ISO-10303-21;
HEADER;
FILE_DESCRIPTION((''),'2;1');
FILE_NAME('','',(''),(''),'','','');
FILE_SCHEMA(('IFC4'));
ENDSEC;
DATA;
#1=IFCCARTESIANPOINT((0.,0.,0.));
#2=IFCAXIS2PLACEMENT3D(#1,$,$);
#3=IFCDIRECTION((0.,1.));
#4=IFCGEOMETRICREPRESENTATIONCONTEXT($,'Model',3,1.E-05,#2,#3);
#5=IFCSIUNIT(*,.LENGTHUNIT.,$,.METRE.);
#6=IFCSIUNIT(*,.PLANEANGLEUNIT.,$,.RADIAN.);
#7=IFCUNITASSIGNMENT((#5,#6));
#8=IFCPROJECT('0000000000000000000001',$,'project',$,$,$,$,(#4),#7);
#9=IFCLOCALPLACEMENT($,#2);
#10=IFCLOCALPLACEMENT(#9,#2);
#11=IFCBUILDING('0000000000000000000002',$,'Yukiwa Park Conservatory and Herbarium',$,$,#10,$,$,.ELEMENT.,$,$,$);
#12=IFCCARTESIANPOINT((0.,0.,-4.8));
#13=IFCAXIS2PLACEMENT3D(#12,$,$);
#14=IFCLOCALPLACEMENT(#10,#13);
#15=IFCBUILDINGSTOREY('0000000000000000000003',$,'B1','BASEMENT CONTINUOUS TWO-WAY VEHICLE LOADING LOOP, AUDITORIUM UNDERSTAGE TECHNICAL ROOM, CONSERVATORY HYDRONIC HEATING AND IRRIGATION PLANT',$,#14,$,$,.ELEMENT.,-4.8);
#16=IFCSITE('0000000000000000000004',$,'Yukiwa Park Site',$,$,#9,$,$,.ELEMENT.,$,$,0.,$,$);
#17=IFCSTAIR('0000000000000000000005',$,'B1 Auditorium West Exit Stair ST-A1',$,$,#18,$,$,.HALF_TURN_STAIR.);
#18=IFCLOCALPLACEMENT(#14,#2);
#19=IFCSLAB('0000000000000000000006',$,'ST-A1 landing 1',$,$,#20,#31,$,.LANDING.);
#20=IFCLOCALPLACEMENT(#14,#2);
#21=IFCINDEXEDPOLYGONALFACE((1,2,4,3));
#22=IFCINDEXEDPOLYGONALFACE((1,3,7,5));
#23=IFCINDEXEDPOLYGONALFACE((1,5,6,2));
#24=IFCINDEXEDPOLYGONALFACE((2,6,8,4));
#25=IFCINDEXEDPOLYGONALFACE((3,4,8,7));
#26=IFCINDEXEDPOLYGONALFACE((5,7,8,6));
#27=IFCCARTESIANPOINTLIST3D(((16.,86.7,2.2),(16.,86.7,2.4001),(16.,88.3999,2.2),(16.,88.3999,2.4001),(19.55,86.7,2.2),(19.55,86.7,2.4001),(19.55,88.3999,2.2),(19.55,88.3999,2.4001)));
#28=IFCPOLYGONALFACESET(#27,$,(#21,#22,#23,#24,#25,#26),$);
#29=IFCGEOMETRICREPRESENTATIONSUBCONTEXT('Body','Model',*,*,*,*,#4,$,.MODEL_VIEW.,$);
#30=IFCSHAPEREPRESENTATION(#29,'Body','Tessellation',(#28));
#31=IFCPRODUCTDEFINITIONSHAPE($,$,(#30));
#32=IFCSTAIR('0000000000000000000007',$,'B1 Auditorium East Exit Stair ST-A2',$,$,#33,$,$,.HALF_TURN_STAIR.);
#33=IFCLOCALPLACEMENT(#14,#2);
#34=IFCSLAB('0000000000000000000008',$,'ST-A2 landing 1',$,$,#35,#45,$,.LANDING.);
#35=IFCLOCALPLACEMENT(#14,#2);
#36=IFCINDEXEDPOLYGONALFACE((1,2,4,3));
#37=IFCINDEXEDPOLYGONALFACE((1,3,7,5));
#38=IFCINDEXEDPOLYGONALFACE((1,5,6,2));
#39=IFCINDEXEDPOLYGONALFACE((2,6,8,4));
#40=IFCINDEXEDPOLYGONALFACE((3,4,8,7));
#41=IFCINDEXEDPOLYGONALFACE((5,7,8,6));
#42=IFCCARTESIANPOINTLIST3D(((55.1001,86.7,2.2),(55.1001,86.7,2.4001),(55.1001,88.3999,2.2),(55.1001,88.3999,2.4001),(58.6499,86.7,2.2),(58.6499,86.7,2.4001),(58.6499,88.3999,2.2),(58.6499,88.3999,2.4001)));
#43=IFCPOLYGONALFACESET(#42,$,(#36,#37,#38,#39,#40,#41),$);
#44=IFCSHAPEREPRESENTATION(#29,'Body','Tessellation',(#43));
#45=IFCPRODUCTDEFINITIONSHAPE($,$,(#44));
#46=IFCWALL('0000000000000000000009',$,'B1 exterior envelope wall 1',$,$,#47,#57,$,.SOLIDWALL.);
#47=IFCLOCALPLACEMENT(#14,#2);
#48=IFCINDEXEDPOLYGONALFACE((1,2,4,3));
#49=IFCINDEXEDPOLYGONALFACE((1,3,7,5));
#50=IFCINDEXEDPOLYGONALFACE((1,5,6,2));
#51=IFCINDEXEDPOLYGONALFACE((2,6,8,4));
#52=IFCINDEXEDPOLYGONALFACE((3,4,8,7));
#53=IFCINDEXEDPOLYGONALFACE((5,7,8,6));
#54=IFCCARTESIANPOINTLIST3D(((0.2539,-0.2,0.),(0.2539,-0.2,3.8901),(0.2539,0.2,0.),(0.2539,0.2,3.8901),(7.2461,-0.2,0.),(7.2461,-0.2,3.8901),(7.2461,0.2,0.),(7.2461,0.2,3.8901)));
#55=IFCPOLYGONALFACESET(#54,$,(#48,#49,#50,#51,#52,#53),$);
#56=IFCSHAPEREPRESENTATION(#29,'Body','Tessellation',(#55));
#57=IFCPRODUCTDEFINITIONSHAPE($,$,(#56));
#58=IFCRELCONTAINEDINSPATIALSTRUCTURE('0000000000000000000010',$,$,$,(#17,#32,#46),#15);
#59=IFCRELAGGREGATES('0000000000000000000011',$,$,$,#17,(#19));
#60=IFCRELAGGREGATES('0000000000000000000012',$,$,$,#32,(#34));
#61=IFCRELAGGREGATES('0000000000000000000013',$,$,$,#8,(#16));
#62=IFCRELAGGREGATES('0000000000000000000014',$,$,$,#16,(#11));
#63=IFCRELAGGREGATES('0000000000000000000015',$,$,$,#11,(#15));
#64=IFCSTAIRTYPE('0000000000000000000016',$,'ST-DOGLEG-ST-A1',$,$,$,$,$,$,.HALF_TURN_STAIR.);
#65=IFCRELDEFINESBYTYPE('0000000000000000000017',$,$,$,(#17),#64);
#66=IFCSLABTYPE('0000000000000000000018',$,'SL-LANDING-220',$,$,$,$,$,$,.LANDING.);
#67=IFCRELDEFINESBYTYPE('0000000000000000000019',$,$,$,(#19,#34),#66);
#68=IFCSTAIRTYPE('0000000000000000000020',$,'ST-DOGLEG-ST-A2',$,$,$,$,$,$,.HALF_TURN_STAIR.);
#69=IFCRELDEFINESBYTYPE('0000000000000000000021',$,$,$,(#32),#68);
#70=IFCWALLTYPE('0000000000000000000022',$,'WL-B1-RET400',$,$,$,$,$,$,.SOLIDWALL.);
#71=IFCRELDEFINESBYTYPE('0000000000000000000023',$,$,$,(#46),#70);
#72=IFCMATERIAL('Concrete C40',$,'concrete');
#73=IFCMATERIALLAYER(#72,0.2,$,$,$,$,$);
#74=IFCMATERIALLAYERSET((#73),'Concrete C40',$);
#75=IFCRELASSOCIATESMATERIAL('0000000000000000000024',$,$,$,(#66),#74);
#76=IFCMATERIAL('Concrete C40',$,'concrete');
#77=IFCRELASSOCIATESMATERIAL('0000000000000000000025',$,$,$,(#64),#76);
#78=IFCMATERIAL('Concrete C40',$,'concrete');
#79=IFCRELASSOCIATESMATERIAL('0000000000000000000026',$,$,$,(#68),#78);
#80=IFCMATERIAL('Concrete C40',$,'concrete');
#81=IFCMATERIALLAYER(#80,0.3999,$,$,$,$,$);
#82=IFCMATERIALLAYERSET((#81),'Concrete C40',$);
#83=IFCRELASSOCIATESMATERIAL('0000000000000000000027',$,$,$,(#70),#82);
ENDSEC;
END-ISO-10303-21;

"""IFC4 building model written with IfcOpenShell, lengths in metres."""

from ifc_helpers import new_model, si_unit, direction, frame, frame_2d, origin, place, context, subcontext, project, spatial, polyline, rectangle, outline, extrude, material, layer, layer_set, type_object, element, aggregate, save


model = new_model("IFC4")

# Units and contexts
model_context = context("Model", 3, precision=1e-05, world=origin(), true_north=direction((0.0, 1.0)))
body_context = subcontext(model_context, "Body", "Model", "MODEL_VIEW")
ifc_project = project(units=[si_unit("LENGTHUNIT", "METRE"), si_unit("PLANEANGLEUNIT", "RADIAN")], contexts=[model_context])

# Site, building, storey
site_placement = place(None, origin())
site = spatial("IfcSite", under=ifc_project, at=site_placement, Name="Yukiwa Park Site", CompositionType="ELEMENT", RefElevation=0.0)
building_placement = place(site_placement, origin())
building = spatial("IfcBuilding", under=site, at=building_placement, Name="Yukiwa Park Conservatory and Herbarium", CompositionType="ELEMENT")
storey_placement = place(building_placement, frame((0.0, 0.0, -4.8)))
storey = spatial("IfcBuildingStorey", under=building, at=storey_placement, Name="B1", Description="BASEMENT CONTINUOUS TWO-WAY VEHICLE LOADING LOOP, AUDITORIUM UNDERSTAGE TECHNICAL ROOM, CONSERVATORY HYDRONIC HEATING AND IRRIGATION PLANT", CompositionType="ELEMENT", Elevation=-4.8)

# Stairs, slabs
ifc_material_1 = material(Name="Concrete C40", Category="concrete")
ifc_layer_1 = layer(ifc_material_1, 0.2)
ifc_layer_set_1 = layer_set([ifc_layer_1], Name="Concrete C40")
slab_type_1 = type_object("IfcSlabType", Name="SL-LANDING-220", PredefinedType="LANDING", material=ifc_layer_set_1)
ifc_material_2 = material(Name="Concrete C40", Category="concrete")
stair_type_1 = type_object("IfcStairType", Name="ST-DOGLEG-ST-A1", PredefinedType="HALF_TURN_STAIR", material=ifc_material_2)
stair_1_placement = place(storey_placement, origin())
stair_1 = element("IfcStair", 1, at=stair_1_placement, inside=storey, type_object=stair_type_1, Name="B1 Auditorium West Exit Stair ST-A1", PredefinedType="HALF_TURN_STAIR")
slab_1_placement = place(storey_placement, frame((0.0, 0.0, 2.2)))
slab_1 = element("IfcSlab", 2, at=slab_1_placement, type_object=slab_type_1, Name="ST-A1 landing 1", PredefinedType="LANDING", context=body_context, shape_type="SweptSolid", body=[
    extrude(outline(polyline([(19.55, 86.7), (19.55, 88.3999), (16.0, 88.3999), (16.0, 86.7), (19.55, 86.7)])), origin(), (0.0, 0.0, 1.0), 0.2002),
])
aggregate(stair_1, [slab_1])
ifc_material_3 = material(Name="Concrete C40", Category="concrete")
stair_type_2 = type_object("IfcStairType", Name="ST-DOGLEG-ST-A2", PredefinedType="HALF_TURN_STAIR", material=ifc_material_3)
stair_2_placement = place(storey_placement, origin())
stair_2 = element("IfcStair", 3, at=stair_2_placement, inside=storey, type_object=stair_type_2, Name="B1 Auditorium East Exit Stair ST-A2", PredefinedType="HALF_TURN_STAIR")
slab_2_placement = place(storey_placement, frame((0.0, 0.0, 2.2)))
slab_2 = element("IfcSlab", 4, at=slab_2_placement, type_object=slab_type_1, Name="ST-A2 landing 1", PredefinedType="LANDING", context=body_context, shape_type="SweptSolid", body=[
    extrude(outline(polyline([(58.6499, 86.7), (58.6499, 88.3999), (55.1001, 88.3999), (55.1001, 86.7), (58.6499, 86.7)])), origin(), (0.0, 0.0, 1.0), 0.2002),
])
aggregate(stair_2, [slab_2])

# Wall
ifc_material_4 = material(Name="Concrete C40", Category="concrete")
ifc_layer_2 = layer(ifc_material_4, 0.3999)
ifc_layer_set_2 = layer_set([ifc_layer_2], Name="Concrete C40")
wall_type = type_object("IfcWallType", Name="WL-B1-RET400", PredefinedType="SOLIDWALL", material=ifc_layer_set_2)
wall_placement = place(storey_placement, frame((0.2539, 0.0, 0.0), z_axis=(0.0, 0.0, 1.0), x_axis=(1.0, 0.0, 0.0)))
element("IfcWall", 5, at=wall_placement, inside=storey, type_object=wall_type, Name="B1 exterior envelope wall 1", PredefinedType="SOLIDWALL", context=body_context, shape_type="SweptSolid", body=[
    extrude(rectangle(XDim=6.9922, YDim=0.3999, at=frame_2d((3.4961, 0.0))), origin(), (0.0, 0.0, 1.0), 3.8901),
])

save(model, "model.ifc")
